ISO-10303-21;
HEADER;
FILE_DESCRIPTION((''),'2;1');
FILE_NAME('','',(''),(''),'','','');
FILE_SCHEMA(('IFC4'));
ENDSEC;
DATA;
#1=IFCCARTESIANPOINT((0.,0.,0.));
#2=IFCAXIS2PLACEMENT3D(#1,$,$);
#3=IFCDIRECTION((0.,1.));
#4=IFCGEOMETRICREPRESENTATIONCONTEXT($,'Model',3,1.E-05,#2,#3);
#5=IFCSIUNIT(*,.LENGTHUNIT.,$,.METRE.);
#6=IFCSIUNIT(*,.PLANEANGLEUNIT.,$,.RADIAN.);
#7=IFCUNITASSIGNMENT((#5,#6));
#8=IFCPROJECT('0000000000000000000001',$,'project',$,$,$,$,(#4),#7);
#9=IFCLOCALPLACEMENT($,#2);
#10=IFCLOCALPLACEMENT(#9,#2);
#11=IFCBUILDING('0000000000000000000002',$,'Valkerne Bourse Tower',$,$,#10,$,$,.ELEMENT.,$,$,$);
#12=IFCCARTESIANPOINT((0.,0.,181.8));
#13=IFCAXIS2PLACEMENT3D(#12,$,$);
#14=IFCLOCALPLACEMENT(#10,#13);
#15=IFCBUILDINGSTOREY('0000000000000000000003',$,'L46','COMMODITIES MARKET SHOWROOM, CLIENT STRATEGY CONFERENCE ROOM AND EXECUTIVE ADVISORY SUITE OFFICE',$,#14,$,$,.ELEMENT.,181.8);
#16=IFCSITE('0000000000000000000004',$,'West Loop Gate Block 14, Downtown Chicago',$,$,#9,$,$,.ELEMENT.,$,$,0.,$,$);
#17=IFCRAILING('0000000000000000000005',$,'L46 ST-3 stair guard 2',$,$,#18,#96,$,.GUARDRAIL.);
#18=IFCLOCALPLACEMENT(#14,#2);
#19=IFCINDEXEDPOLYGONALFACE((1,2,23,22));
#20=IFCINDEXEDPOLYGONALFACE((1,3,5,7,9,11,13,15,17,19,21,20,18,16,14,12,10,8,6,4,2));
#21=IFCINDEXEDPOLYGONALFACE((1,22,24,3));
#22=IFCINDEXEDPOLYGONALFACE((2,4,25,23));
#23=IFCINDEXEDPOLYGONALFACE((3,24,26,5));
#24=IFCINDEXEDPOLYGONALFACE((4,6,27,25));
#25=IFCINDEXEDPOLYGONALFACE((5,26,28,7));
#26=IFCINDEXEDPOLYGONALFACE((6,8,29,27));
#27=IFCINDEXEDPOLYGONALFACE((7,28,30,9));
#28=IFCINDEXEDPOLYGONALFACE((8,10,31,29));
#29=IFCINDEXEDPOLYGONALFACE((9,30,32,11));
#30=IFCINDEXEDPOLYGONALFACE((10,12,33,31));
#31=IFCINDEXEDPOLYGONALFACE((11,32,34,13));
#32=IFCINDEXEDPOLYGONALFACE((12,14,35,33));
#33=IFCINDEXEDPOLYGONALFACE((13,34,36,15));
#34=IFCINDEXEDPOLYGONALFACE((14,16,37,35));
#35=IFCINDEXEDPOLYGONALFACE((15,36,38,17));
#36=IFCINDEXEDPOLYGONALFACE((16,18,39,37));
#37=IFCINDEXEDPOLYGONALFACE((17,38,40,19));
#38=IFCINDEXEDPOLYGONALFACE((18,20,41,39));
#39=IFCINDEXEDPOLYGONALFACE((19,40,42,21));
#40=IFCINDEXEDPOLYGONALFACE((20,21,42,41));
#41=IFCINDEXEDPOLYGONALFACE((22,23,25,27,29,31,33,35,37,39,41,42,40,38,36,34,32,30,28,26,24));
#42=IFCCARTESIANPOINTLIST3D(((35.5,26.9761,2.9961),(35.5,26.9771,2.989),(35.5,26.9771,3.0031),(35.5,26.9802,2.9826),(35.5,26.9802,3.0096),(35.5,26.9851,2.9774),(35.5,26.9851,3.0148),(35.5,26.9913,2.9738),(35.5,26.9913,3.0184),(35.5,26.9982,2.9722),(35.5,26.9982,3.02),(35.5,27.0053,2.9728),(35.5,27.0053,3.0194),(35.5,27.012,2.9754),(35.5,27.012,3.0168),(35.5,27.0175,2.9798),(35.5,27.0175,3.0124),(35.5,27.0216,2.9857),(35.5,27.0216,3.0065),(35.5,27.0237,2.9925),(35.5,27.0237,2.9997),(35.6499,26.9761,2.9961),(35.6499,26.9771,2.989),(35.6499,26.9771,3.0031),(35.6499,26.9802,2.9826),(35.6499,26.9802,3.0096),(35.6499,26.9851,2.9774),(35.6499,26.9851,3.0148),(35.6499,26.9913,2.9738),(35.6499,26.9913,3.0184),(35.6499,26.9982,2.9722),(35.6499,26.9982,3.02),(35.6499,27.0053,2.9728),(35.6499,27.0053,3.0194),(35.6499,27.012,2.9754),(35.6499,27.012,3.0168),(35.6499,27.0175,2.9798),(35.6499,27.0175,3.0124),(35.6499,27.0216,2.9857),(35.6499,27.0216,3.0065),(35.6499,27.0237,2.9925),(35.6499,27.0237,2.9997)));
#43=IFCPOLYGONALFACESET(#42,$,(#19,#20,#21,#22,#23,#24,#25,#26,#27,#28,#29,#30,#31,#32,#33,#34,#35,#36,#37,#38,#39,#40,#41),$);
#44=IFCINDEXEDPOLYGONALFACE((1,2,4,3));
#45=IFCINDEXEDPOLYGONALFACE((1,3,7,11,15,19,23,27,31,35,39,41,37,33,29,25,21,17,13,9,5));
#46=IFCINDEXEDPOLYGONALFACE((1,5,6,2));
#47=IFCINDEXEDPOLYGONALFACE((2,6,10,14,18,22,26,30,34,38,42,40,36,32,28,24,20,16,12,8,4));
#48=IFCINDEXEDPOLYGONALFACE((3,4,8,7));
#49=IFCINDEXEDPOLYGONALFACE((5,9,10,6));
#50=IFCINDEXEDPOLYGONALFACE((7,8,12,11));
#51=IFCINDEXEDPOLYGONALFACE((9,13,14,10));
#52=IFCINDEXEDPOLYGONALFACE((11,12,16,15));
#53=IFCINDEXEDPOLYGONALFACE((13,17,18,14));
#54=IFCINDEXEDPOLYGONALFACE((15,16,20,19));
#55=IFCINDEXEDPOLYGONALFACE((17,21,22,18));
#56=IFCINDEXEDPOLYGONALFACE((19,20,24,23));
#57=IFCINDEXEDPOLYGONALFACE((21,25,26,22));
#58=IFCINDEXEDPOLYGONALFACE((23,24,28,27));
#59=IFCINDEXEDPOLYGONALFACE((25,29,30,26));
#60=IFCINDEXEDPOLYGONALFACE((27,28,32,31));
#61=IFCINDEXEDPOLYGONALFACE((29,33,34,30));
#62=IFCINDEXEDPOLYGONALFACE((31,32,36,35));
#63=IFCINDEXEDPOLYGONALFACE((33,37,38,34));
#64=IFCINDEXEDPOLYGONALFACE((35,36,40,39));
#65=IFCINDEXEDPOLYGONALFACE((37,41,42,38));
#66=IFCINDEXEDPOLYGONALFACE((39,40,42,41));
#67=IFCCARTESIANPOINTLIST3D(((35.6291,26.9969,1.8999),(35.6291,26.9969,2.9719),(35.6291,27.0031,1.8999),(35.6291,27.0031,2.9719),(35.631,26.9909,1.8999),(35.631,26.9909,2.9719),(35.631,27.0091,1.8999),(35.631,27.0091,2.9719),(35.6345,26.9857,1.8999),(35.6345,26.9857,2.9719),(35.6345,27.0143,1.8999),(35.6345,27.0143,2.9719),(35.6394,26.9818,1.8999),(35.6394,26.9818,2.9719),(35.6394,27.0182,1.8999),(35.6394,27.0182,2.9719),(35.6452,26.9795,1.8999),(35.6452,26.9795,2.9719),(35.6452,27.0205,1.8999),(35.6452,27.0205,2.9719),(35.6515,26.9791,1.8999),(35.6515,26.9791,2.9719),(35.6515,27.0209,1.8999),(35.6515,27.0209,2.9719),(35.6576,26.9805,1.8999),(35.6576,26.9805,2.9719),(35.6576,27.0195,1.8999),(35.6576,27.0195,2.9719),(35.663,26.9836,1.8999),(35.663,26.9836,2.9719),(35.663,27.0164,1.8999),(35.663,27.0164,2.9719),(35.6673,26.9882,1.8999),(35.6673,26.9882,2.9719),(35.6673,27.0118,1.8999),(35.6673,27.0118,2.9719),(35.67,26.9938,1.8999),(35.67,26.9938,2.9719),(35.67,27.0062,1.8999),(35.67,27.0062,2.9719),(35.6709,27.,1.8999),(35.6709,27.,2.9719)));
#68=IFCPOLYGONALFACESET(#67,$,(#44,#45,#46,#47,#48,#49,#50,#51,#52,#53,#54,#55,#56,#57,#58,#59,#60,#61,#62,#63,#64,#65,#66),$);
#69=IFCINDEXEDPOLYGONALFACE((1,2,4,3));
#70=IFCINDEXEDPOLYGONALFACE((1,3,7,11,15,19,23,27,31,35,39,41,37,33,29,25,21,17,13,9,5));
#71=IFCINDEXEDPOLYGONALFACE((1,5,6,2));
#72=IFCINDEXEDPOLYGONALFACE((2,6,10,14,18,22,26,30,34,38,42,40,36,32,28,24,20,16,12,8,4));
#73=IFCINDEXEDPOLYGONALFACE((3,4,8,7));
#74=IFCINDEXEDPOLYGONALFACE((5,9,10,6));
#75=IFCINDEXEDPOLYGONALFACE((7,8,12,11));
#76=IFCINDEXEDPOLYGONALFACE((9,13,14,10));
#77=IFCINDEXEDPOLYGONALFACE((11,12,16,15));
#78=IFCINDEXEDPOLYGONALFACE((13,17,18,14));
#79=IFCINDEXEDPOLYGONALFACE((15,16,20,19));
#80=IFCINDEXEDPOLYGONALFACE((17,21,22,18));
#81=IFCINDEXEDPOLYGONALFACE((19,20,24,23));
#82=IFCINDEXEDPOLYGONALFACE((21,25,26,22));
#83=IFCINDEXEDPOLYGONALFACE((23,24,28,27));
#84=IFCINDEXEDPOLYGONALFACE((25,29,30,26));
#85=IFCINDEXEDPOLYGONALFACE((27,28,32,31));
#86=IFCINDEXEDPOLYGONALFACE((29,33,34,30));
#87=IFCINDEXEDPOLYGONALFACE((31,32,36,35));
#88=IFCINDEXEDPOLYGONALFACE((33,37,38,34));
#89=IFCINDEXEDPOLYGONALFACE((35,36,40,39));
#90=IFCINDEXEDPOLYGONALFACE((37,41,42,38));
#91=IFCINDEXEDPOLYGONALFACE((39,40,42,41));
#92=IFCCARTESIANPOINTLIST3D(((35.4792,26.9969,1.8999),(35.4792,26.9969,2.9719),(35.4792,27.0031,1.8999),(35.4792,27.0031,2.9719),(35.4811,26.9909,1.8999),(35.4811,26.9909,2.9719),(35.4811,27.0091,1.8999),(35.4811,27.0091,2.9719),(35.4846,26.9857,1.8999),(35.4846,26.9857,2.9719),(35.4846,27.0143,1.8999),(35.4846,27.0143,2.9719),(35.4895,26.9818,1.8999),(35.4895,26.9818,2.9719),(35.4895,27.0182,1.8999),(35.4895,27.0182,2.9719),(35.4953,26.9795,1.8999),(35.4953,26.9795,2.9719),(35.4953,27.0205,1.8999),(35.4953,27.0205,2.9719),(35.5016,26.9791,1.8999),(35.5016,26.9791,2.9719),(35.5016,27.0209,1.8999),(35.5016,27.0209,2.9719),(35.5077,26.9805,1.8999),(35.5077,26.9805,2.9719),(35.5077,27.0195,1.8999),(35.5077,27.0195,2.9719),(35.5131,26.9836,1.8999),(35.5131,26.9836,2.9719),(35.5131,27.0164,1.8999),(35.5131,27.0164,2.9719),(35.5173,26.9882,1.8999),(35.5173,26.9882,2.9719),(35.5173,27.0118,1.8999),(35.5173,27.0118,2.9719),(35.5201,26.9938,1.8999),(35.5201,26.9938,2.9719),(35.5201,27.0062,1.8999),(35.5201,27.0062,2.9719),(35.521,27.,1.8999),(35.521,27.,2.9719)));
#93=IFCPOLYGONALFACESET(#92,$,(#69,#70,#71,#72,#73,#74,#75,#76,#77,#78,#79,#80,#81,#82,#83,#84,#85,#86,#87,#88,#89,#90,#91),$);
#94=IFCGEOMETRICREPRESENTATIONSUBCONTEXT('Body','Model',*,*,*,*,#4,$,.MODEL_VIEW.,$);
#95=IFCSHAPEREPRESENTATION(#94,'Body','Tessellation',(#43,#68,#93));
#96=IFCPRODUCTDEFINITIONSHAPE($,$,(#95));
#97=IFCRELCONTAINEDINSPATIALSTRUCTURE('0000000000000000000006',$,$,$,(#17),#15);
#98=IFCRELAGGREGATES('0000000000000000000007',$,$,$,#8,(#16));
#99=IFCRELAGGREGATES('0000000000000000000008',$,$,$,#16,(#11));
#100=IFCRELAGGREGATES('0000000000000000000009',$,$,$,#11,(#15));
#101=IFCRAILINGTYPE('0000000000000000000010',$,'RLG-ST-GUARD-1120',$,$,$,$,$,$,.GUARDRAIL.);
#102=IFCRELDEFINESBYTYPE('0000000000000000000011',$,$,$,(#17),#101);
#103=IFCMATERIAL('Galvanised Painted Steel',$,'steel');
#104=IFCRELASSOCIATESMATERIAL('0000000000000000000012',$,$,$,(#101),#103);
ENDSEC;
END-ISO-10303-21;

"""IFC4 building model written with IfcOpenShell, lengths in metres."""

from ifc_helpers import new_model, si_unit, direction, frame, origin, origin_2d, place, context, subcontext, project, spatial, circle, extrude, material, type_object, element, save


model = new_model("IFC4")

# Units and contexts
model_context = context("Model", 3, precision=1e-05, world=origin(), true_north=direction((0.0, 1.0)))
body_context = subcontext(model_context, "Body", "Model", "MODEL_VIEW")
ifc_project = project(units=[si_unit("LENGTHUNIT", "METRE"), si_unit("PLANEANGLEUNIT", "RADIAN")], contexts=[model_context])

# Site, building, storey
site_placement = place(None, origin())
site = spatial("IfcSite", under=ifc_project, at=site_placement, Name="West Loop Gate Block 14, Downtown Chicago", CompositionType="ELEMENT", RefElevation=0.0)
building_placement = place(site_placement, origin())
building = spatial("IfcBuilding", under=site, at=building_placement, Name="Valkerne Bourse Tower", CompositionType="ELEMENT")
storey_placement = place(building_placement, frame((0.0, 0.0, 181.8)))
storey = spatial("IfcBuildingStorey", under=building, at=storey_placement, Name="L46", Description="COMMODITIES MARKET SHOWROOM, CLIENT STRATEGY CONFERENCE ROOM AND EXECUTIVE ADVISORY SUITE OFFICE", CompositionType="ELEMENT", Elevation=181.8)

# Railing
ifc_material_1 = material(Name="Galvanised Painted Steel", Category="steel")
railing_type_1 = type_object("IfcRailingType", Name="RLG-ST-GUARD-1120", PredefinedType="GUARDRAIL", material=ifc_material_1)
railing_1_placement = place(storey_placement, frame((35.6499, 27.0, 1.8999)))
element("IfcRailing", 1, at=railing_1_placement, inside=storey, type_object=railing_type_1, Name="L46 ST-3 stair guard 2", PredefinedType="GUARDRAIL", context=body_context, shape_type="SweptSolid", body=[
    extrude(circle(Radius=0.0239, at=origin_2d()), frame((0.0, 0.0, 1.0962), z_axis=(-1.0, 0.0, 0.0), x_axis=(0.0, -1.0, 0.0)), (0.0, 0.0, 1.0), 0.1499),
    extrude(circle(Radius=0.021, at=origin_2d()), origin(), (0.0, 0.0, 1.0), 1.072),
    extrude(circle(Radius=0.021, at=origin_2d()), frame((-0.1499, 0.0, 0.0)), (0.0, 0.0, 1.0), 1.072),
])

save(model, "model.ifc")
